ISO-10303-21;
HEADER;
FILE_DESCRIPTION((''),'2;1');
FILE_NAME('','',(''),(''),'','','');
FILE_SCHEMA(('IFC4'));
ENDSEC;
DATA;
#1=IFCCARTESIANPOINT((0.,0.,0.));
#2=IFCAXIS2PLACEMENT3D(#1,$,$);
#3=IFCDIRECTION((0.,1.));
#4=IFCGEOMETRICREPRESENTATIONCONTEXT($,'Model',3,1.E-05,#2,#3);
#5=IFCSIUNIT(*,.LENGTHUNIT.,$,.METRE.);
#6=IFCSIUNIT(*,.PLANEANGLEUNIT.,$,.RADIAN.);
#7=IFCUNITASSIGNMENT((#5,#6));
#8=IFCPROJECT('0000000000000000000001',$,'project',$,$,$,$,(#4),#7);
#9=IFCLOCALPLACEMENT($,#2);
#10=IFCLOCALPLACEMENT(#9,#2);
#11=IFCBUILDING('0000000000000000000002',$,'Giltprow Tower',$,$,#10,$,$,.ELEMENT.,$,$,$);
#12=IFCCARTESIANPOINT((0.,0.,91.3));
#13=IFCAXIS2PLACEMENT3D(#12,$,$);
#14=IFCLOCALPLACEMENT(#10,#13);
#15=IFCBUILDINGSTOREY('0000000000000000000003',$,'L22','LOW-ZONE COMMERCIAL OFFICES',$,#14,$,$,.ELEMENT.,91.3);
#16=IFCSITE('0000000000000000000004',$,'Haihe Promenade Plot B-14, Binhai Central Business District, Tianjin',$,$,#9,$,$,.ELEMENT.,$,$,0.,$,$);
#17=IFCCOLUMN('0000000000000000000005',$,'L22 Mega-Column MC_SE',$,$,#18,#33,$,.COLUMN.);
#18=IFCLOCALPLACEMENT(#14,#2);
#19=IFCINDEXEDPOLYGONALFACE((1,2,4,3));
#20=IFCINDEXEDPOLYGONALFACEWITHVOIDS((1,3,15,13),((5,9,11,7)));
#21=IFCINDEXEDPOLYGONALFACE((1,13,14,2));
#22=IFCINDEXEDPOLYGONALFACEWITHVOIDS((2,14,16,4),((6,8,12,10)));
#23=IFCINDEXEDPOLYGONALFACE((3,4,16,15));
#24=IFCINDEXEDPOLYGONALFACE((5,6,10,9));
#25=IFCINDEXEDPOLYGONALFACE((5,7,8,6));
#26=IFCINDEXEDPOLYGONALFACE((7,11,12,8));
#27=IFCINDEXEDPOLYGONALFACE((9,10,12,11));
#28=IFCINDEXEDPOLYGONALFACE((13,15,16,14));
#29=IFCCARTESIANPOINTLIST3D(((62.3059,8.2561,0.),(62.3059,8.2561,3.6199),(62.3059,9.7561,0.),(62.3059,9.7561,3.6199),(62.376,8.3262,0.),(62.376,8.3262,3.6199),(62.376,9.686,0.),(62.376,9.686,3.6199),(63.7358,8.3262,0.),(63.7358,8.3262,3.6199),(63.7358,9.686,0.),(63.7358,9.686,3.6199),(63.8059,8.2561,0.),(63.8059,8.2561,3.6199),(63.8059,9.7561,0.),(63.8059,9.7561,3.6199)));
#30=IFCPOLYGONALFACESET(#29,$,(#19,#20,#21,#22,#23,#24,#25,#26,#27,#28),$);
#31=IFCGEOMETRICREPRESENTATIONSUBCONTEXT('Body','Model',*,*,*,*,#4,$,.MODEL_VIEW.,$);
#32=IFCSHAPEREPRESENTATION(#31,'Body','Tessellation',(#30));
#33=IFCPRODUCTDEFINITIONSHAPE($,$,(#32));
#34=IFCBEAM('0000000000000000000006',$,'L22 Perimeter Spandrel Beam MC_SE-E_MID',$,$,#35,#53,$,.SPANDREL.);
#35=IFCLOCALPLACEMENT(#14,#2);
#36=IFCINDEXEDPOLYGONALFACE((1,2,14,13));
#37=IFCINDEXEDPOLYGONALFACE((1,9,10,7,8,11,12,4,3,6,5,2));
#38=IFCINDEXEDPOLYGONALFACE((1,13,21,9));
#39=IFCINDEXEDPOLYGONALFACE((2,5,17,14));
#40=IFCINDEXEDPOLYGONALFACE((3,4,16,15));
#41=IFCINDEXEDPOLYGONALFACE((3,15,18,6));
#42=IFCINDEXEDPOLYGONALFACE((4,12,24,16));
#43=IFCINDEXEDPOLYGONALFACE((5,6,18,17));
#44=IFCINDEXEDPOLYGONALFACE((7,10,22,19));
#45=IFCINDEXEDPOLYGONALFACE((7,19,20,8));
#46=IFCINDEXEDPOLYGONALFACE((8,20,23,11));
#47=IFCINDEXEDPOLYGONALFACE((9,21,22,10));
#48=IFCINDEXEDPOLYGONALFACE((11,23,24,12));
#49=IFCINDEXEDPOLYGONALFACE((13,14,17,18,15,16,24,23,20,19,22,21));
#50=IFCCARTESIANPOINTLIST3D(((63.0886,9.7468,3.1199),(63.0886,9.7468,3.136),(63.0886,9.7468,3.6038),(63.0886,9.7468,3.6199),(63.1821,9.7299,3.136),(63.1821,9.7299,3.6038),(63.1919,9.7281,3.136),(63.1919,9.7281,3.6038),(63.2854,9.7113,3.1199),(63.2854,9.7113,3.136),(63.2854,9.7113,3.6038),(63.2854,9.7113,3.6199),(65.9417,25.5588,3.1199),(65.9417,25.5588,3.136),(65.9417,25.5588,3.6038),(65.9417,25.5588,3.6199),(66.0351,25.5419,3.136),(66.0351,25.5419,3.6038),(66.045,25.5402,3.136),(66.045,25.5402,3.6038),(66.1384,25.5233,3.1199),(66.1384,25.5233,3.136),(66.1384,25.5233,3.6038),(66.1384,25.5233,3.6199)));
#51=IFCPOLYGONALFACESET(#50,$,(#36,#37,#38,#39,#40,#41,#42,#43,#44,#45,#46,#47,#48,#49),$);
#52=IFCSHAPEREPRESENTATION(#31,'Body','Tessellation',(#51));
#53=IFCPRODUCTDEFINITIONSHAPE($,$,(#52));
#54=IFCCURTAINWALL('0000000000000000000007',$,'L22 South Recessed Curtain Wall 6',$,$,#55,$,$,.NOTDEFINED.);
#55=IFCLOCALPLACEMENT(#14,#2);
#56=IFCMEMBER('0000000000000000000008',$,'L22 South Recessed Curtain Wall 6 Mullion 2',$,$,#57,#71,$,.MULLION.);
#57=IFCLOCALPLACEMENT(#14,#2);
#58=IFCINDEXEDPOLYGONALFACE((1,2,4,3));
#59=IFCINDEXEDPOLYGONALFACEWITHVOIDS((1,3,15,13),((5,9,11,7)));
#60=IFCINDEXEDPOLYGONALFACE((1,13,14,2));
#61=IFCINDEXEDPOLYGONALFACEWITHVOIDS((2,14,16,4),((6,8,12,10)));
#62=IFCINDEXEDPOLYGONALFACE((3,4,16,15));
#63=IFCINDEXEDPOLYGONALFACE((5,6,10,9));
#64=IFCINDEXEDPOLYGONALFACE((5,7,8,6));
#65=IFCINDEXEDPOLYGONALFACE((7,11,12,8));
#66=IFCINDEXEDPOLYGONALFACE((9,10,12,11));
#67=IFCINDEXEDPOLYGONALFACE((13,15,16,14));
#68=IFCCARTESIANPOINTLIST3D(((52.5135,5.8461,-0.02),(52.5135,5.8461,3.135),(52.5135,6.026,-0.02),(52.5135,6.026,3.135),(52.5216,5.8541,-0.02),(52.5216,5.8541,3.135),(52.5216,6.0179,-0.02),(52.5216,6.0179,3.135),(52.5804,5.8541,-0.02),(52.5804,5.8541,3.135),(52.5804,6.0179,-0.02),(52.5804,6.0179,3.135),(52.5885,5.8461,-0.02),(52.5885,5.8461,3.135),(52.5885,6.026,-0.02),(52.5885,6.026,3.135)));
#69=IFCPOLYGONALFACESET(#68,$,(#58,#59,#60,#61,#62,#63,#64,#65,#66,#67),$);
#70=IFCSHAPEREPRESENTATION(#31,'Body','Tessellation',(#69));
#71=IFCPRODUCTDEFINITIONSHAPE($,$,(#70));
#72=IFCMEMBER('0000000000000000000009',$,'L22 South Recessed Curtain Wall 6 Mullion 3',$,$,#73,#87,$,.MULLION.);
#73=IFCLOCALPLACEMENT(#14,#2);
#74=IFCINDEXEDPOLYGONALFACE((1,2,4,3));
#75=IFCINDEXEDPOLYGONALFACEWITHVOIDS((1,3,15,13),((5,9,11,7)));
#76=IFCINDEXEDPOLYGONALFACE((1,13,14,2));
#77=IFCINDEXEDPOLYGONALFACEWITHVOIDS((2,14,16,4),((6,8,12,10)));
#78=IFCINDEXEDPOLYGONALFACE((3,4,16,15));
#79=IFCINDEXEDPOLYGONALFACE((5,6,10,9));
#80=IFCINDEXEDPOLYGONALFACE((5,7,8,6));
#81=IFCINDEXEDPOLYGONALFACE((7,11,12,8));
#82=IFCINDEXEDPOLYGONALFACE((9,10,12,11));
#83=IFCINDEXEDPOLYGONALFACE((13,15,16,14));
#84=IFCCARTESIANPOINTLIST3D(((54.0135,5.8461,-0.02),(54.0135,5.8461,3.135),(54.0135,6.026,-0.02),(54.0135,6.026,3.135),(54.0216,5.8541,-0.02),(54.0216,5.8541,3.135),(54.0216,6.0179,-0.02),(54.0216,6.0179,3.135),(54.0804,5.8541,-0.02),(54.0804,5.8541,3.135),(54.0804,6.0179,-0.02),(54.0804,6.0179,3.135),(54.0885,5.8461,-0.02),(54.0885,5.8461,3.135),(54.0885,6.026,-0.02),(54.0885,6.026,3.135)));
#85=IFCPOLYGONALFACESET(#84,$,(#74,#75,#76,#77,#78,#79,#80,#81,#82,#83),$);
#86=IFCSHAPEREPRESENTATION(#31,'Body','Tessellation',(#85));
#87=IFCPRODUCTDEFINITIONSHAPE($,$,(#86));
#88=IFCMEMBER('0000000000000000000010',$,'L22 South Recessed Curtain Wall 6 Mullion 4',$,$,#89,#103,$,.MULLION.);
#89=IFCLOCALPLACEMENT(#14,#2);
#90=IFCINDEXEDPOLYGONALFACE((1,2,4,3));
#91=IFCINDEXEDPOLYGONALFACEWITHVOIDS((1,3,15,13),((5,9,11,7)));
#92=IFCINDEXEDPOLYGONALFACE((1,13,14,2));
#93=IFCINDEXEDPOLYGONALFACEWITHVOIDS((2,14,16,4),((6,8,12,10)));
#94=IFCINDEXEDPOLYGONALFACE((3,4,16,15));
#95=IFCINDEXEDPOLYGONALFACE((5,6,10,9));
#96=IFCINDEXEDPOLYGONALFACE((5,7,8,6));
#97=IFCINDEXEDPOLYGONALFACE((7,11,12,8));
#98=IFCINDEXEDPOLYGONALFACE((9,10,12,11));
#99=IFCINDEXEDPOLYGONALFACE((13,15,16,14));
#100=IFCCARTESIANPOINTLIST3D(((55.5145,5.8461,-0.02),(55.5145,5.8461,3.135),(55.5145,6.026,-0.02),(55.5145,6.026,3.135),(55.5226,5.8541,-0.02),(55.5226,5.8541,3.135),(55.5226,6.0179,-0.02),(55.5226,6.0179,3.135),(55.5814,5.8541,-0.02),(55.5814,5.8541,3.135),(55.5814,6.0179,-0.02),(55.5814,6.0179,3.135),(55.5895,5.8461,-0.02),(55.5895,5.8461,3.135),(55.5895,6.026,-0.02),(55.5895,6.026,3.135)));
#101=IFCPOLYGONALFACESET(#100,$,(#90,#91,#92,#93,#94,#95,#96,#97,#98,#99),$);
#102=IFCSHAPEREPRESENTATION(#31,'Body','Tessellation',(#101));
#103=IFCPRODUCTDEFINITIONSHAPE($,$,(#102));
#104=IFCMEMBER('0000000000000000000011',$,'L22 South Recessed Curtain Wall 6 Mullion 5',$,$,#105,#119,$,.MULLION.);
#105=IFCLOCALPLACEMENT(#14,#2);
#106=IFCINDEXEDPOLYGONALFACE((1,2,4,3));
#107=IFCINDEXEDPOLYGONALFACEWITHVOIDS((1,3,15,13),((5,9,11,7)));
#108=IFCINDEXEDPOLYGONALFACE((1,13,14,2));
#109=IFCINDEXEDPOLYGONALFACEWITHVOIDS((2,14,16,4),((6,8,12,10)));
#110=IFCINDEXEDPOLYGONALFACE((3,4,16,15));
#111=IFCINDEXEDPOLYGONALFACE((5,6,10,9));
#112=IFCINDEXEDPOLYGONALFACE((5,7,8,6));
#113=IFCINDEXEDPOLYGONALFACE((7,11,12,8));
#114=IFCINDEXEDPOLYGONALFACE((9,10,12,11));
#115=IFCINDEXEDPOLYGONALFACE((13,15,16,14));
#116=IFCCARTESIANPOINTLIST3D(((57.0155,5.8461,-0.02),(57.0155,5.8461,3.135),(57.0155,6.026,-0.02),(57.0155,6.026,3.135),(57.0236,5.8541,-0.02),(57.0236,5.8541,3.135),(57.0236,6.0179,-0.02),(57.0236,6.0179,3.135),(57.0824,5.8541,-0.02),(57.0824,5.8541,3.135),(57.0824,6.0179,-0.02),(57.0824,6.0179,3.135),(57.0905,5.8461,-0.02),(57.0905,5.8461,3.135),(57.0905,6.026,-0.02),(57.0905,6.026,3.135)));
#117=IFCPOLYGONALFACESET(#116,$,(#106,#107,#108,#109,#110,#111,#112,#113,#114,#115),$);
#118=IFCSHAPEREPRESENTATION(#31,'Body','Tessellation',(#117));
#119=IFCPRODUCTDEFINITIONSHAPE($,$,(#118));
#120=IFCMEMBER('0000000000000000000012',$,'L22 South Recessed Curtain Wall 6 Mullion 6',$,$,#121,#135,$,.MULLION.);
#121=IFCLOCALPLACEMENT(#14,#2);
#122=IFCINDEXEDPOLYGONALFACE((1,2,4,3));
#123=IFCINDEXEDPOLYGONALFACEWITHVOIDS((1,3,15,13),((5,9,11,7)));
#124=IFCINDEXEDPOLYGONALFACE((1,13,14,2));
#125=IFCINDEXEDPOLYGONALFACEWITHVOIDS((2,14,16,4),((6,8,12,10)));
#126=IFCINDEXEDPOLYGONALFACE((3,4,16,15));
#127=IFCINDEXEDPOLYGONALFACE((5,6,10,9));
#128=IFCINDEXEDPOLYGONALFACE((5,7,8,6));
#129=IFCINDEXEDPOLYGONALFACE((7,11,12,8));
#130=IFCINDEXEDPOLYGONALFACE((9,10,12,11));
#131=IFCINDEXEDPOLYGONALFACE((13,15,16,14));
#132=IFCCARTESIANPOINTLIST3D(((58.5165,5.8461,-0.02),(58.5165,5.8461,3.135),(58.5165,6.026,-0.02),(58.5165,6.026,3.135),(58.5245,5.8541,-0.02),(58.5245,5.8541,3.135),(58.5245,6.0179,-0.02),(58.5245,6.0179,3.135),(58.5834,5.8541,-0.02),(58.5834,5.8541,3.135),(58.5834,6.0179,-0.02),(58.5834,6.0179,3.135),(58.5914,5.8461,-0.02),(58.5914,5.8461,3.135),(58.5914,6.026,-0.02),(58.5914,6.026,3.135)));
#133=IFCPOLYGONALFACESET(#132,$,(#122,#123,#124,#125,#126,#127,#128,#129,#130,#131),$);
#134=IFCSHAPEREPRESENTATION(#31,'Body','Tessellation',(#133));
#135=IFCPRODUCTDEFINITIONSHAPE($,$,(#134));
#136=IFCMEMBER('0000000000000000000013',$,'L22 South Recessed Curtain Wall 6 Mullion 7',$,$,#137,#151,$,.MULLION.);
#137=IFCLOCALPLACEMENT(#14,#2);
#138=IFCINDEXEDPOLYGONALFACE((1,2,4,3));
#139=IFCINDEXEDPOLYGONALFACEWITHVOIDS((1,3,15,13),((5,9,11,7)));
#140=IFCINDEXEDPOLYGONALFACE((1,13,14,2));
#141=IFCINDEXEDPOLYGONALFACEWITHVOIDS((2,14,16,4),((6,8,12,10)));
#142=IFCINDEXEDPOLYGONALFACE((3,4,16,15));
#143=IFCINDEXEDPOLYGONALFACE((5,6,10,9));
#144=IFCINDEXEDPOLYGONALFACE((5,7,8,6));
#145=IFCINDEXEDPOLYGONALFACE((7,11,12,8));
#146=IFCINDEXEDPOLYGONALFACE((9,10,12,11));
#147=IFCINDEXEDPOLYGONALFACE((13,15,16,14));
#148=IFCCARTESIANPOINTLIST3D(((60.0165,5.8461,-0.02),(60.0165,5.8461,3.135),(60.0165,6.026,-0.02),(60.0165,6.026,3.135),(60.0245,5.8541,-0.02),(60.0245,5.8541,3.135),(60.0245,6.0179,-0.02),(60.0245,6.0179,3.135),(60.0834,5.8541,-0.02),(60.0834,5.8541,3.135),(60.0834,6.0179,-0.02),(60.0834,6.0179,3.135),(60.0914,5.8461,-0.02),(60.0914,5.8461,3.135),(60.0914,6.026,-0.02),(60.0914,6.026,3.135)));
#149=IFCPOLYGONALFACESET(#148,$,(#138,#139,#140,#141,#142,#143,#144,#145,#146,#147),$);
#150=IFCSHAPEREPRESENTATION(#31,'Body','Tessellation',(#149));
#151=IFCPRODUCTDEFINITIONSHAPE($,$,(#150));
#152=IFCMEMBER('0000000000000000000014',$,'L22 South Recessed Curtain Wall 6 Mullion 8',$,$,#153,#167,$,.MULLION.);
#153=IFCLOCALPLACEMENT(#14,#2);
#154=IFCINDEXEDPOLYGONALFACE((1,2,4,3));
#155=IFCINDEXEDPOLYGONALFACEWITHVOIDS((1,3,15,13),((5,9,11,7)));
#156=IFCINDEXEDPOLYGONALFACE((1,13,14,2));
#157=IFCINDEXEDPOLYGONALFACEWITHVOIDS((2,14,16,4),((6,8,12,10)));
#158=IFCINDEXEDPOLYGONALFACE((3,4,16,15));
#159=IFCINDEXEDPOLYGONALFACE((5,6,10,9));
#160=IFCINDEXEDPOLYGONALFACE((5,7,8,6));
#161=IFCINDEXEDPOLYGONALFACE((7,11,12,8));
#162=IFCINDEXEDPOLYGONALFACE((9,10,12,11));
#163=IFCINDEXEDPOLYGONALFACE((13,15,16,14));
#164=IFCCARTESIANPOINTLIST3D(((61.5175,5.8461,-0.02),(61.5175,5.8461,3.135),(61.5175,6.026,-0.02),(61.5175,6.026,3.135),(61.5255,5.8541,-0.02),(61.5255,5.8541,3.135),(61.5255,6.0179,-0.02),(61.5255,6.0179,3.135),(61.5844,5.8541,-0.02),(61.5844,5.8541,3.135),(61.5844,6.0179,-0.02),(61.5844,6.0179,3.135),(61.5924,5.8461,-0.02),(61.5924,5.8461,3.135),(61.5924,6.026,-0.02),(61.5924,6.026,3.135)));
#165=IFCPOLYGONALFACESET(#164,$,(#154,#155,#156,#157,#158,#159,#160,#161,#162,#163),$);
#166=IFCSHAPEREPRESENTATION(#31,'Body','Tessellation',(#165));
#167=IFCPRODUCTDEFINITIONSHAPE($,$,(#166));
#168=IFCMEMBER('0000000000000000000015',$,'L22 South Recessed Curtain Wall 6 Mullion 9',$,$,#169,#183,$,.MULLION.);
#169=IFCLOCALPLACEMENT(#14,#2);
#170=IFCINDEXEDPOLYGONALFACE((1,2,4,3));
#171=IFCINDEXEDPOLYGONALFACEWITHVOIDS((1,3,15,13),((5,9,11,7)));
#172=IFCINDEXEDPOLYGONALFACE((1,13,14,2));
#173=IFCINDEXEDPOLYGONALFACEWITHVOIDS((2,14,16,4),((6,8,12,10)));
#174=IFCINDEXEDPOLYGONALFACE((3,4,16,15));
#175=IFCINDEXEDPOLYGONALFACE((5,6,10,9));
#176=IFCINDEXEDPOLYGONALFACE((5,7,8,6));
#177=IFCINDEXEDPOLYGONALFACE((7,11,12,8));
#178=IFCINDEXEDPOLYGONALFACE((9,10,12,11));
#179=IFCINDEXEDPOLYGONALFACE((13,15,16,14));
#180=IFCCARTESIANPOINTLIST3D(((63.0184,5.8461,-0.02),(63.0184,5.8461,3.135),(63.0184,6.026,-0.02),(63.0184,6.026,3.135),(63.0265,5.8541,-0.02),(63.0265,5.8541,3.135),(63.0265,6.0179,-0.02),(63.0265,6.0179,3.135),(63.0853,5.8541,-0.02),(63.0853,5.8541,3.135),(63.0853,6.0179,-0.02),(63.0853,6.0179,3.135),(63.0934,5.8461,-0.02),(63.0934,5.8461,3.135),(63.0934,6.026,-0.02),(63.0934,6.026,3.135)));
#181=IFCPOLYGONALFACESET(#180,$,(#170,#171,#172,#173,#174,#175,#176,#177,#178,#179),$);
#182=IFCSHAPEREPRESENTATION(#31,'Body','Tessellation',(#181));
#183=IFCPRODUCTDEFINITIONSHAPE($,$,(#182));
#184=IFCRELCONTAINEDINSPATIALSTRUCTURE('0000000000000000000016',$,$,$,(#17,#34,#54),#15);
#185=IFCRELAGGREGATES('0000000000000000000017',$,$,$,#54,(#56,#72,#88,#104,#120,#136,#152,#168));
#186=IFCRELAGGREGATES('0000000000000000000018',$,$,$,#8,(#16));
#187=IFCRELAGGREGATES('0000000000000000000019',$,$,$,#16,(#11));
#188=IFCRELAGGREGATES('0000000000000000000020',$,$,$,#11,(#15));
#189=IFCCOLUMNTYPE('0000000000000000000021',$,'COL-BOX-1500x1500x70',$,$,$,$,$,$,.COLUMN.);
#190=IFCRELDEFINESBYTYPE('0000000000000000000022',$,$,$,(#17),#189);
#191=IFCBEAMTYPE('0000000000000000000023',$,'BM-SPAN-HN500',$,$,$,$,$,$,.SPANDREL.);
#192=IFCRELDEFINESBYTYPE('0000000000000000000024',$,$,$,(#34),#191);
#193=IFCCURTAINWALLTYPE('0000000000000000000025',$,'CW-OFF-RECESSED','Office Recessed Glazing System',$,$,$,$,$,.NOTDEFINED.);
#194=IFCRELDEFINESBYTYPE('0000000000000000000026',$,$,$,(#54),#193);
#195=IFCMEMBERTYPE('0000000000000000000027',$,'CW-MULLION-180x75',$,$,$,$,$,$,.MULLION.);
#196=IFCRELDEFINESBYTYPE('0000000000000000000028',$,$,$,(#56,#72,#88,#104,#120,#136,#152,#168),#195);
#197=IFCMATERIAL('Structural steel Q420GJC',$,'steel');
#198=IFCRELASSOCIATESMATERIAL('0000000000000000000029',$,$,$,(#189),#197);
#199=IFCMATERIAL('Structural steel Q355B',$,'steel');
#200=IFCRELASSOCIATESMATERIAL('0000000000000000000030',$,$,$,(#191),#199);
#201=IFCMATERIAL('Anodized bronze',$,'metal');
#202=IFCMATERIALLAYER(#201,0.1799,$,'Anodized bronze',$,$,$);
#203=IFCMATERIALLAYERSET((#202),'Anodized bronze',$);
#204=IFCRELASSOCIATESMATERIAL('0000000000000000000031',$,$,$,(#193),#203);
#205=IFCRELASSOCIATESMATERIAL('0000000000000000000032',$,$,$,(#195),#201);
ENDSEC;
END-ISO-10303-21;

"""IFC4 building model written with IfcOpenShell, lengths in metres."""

from ifc_helpers import new_model, si_unit, direction, frame, origin, origin_2d, place, context, subcontext, project, spatial, hollow_rectangle, i_section, extrude, source, transform, mapped, material, layer, layer_set, material_profile, profile_set, type_object, element, aggregate, save


model = new_model("IFC4")

# Units and contexts
model_context = context("Model", 3, precision=1e-05, world=origin(), true_north=direction((0.0, 1.0)))
body_context = subcontext(model_context, "Body", "Model", "MODEL_VIEW")
ifc_project = project(units=[si_unit("LENGTHUNIT", "METRE"), si_unit("PLANEANGLEUNIT", "RADIAN")], contexts=[model_context])

# Site, building, storey
site_placement = place(None, origin())
site = spatial("IfcSite", under=ifc_project, at=site_placement, Name="Haihe Promenade Plot B-14, Binhai Central Business District, Tianjin", CompositionType="ELEMENT", RefElevation=0.0)
building_placement = place(site_placement, origin())
building = spatial("IfcBuilding", under=site, at=building_placement, Name="Giltprow Tower", CompositionType="ELEMENT")
storey_placement = place(building_placement, frame((0.0, 0.0, 91.3)))
storey = spatial("IfcBuildingStorey", under=building, at=storey_placement, Name="L22", Description="LOW-ZONE COMMERCIAL OFFICES", CompositionType="ELEMENT", Elevation=91.3)

# Column
ifc_material_1 = material(Name="Structural steel Q420GJC", Category="steel")
ifc_material_profile_1 = material_profile(ifc_material_1, hollow_rectangle(XDim=1.5, YDim=1.5, WallThickness=0.0701, at=origin_2d()), Name="BOX 1500x1500x70")
ifc_profile_set_1 = profile_set([ifc_material_profile_1], Name="Structural steel Q420GJC")
column_type = type_object("IfcColumnType", Name="COL-BOX-1500x1500x70", PredefinedType="COLUMN", material=ifc_profile_set_1)
shared_shape_1 = source(origin(), body_context, "Body", "SweptSolid", [
    extrude(hollow_rectangle(XDim=1.5, YDim=1.5, WallThickness=0.0701, at=origin_2d()), origin(), (0.0, 0.0, 1.0), 3.6199),
])
column_placement = place(storey_placement, frame((63.0559, 9.0061, 0.0), z_axis=(0.0, 0.0, 1.0), x_axis=(1.0, 0.0, 0.0)))
element("IfcColumn", 1, at=column_placement, inside=storey, type_object=column_type, Name="L22 Mega-Column MC_SE", PredefinedType="COLUMN", context=body_context, shape_type="MappedRepresentation", body=[
    mapped(shared_shape_1, transform((0.0, 0.0, 0.0), x_axis=(1.0, 0.0, 0.0), y_axis=(0.0, 1.0, 0.0), z_axis=(0.0, 0.0, 1.0), scale=1.0)),
])

# Beam
ifc_material_2 = material(Name="Structural steel Q355B", Category="steel")
ifc_material_profile_2 = material_profile(ifc_material_2, i_section(OverallWidth=0.2, OverallDepth=0.5, WebThickness=0.01, FlangeThickness=0.0161, at=origin_2d()), Name="HN 500x200x10x16")
ifc_profile_set_2 = profile_set([ifc_material_profile_2], Name="Structural steel Q355B")
beam_type = type_object("IfcBeamType", Name="BM-SPAN-HN500", PredefinedType="SPANDREL", material=ifc_profile_set_2)
shared_shape_2 = source(origin(), body_context, "Body", "SweptSolid", [
    extrude(i_section(OverallWidth=0.2, OverallDepth=0.5, WebThickness=0.01, FlangeThickness=0.0161, at=origin_2d()), origin(), (0.0, 0.0, 1.0), 16.0674),
])
beam_placement = place(storey_placement, frame((63.187, 9.729, 3.3699), z_axis=(0.177567, 0.984109, 0.0), x_axis=(-0.984109, 0.177567, 0.0)))
element("IfcBeam", 2, at=beam_placement, inside=storey, type_object=beam_type, Name="L22 Perimeter Spandrel Beam MC_SE-E_MID", PredefinedType="SPANDREL", context=body_context, shape_type="MappedRepresentation", body=[
    mapped(shared_shape_2, transform((0.0, 0.0, 0.0), x_axis=(1.0, 0.0, 0.0), y_axis=(0.0, 1.0, 0.0), z_axis=(0.0, 0.0, 1.0), scale=1.0)),
])

# Curtain wall, members
ifc_material_3 = material(Name="Anodized bronze", Category="metal")
ifc_layer_1 = layer(ifc_material_3, 0.1799, Name="Anodized bronze")
ifc_layer_set_1 = layer_set([ifc_layer_1], Name="Anodized bronze")
curtain_wall_type = type_object("IfcCurtainWallType", Name="CW-OFF-RECESSED", Description="Office Recessed Glazing System", PredefinedType="NOTDEFINED", material=ifc_layer_set_1)
curtain_wall_placement = place(storey_placement, origin())
curtain_wall = element("IfcCurtainWall", 3, at=curtain_wall_placement, inside=storey, type_object=curtain_wall_type, Name="L22 South Recessed Curtain Wall 6", PredefinedType="NOTDEFINED")
ifc_material_profile_3 = material_profile(ifc_material_3, hollow_rectangle(XDim=0.075, YDim=0.1799, WallThickness=0.0081, at=origin_2d()), Name="RHS 180x75x8")
ifc_profile_set_3 = profile_set([ifc_material_profile_3], Name="Anodized bronze")
member_type = type_object("IfcMemberType", Name="CW-MULLION-180x75", PredefinedType="MULLION", material=ifc_profile_set_3)
shared_shape_3 = source(origin(), body_context, "Body", "SweptSolid", [
    extrude(hollow_rectangle(XDim=0.075, YDim=0.1799, WallThickness=0.0081, at=origin_2d()), origin(), (0.0, 0.0, 1.0), 3.155),
])
member_1_placement = place(storey_placement, frame((52.551, 5.936, -0.02), z_axis=(0.0, 0.0, 1.0), x_axis=(1.0, 0.0, 0.0)))
member_1 = element("IfcMember", 4, at=member_1_placement, type_object=member_type, Name="L22 South Recessed Curtain Wall 6 Mullion 2", PredefinedType="MULLION", context=body_context, shape_type="MappedRepresentation", body=[
    mapped(shared_shape_3, transform((0.0, 0.0, 0.0), x_axis=(1.0, 0.0, 0.0), y_axis=(0.0, 1.0, 0.0), z_axis=(0.0, 0.0, 1.0), scale=1.0)),
])
member_2_placement = place(storey_placement, frame((54.051, 5.936, -0.02), z_axis=(0.0, 0.0, 1.0), x_axis=(1.0, 0.0, 0.0)))
member_2 = element("IfcMember", 5, at=member_2_placement, type_object=member_type, Name="L22 South Recessed Curtain Wall 6 Mullion 3", PredefinedType="MULLION", context=body_context, shape_type="MappedRepresentation", body=[
    mapped(shared_shape_3, transform((0.0, 0.0, 0.0), x_axis=(1.0, 0.0, 0.0), y_axis=(0.0, 1.0, 0.0), z_axis=(0.0, 0.0, 1.0), scale=1.0)),
])
member_3_placement = place(storey_placement, frame((55.552, 5.936, -0.02), z_axis=(0.0, 0.0, 1.0), x_axis=(1.0, 0.0, 0.0)))
member_3 = element("IfcMember", 6, at=member_3_placement, type_object=member_type, Name="L22 South Recessed Curtain Wall 6 Mullion 4", PredefinedType="MULLION", context=body_context, shape_type="MappedRepresentation", body=[
    mapped(shared_shape_3, transform((0.0, 0.0, 0.0), x_axis=(1.0, 0.0, 0.0), y_axis=(0.0, 1.0, 0.0), z_axis=(0.0, 0.0, 1.0), scale=1.0)),
])
member_4_placement = place(storey_placement, frame((57.053, 5.936, -0.02), z_axis=(0.0, 0.0, 1.0), x_axis=(1.0, 0.0, 0.0)))
member_4 = element("IfcMember", 7, at=member_4_placement, type_object=member_type, Name="L22 South Recessed Curtain Wall 6 Mullion 5", PredefinedType="MULLION", context=body_context, shape_type="MappedRepresentation", body=[
    mapped(shared_shape_3, transform((0.0, 0.0, 0.0), x_axis=(1.0, 0.0, 0.0), y_axis=(0.0, 1.0, 0.0), z_axis=(0.0, 0.0, 1.0), scale=1.0)),
])
member_5_placement = place(storey_placement, frame((58.554, 5.936, -0.02), z_axis=(0.0, 0.0, 1.0), x_axis=(1.0, 0.0, 0.0)))
member_5 = element("IfcMember", 8, at=member_5_placement, type_object=member_type, Name="L22 South Recessed Curtain Wall 6 Mullion 6", PredefinedType="MULLION", context=body_context, shape_type="MappedRepresentation", body=[
    mapped(shared_shape_3, transform((0.0, 0.0, 0.0), x_axis=(1.0, 0.0, 0.0), y_axis=(0.0, 1.0, 0.0), z_axis=(0.0, 0.0, 1.0), scale=1.0)),
])
member_6_placement = place(storey_placement, frame((60.054, 5.936, -0.02), z_axis=(0.0, 0.0, 1.0), x_axis=(1.0, 0.0, 0.0)))
member_6 = element("IfcMember", 9, at=member_6_placement, type_object=member_type, Name="L22 South Recessed Curtain Wall 6 Mullion 7", PredefinedType="MULLION", context=body_context, shape_type="MappedRepresentation", body=[
    mapped(shared_shape_3, transform((0.0, 0.0, 0.0), x_axis=(1.0, 0.0, 0.0), y_axis=(0.0, 1.0, 0.0), z_axis=(0.0, 0.0, 1.0), scale=1.0)),
])
member_7_placement = place(storey_placement, frame((61.5549, 5.936, -0.02), z_axis=(0.0, 0.0, 1.0), x_axis=(1.0, 0.0, 0.0)))
member_7 = element("IfcMember", 10, at=member_7_placement, type_object=member_type, Name="L22 South Recessed Curtain Wall 6 Mullion 8", PredefinedType="MULLION", context=body_context, shape_type="MappedRepresentation", body=[
    mapped(shared_shape_3, transform((0.0, 0.0, 0.0), x_axis=(1.0, 0.0, 0.0), y_axis=(0.0, 1.0, 0.0), z_axis=(0.0, 0.0, 1.0), scale=1.0)),
])
member_8_placement = place(storey_placement, frame((63.0559, 5.936, -0.02), z_axis=(0.0, 0.0, 1.0), x_axis=(1.0, 0.0, 0.0)))
member_8 = element("IfcMember", 11, at=member_8_placement, type_object=member_type, Name="L22 South Recessed Curtain Wall 6 Mullion 9", PredefinedType="MULLION", context=body_context, shape_type="MappedRepresentation", body=[
    mapped(shared_shape_3, transform((0.0, 0.0, 0.0), x_axis=(1.0, 0.0, 0.0), y_axis=(0.0, 1.0, 0.0), z_axis=(0.0, 0.0, 1.0), scale=1.0)),
])
aggregate(curtain_wall, [member_1, member_2, member_3, member_4, member_5, member_6, member_7, member_8])

save(model, "model.ifc")
